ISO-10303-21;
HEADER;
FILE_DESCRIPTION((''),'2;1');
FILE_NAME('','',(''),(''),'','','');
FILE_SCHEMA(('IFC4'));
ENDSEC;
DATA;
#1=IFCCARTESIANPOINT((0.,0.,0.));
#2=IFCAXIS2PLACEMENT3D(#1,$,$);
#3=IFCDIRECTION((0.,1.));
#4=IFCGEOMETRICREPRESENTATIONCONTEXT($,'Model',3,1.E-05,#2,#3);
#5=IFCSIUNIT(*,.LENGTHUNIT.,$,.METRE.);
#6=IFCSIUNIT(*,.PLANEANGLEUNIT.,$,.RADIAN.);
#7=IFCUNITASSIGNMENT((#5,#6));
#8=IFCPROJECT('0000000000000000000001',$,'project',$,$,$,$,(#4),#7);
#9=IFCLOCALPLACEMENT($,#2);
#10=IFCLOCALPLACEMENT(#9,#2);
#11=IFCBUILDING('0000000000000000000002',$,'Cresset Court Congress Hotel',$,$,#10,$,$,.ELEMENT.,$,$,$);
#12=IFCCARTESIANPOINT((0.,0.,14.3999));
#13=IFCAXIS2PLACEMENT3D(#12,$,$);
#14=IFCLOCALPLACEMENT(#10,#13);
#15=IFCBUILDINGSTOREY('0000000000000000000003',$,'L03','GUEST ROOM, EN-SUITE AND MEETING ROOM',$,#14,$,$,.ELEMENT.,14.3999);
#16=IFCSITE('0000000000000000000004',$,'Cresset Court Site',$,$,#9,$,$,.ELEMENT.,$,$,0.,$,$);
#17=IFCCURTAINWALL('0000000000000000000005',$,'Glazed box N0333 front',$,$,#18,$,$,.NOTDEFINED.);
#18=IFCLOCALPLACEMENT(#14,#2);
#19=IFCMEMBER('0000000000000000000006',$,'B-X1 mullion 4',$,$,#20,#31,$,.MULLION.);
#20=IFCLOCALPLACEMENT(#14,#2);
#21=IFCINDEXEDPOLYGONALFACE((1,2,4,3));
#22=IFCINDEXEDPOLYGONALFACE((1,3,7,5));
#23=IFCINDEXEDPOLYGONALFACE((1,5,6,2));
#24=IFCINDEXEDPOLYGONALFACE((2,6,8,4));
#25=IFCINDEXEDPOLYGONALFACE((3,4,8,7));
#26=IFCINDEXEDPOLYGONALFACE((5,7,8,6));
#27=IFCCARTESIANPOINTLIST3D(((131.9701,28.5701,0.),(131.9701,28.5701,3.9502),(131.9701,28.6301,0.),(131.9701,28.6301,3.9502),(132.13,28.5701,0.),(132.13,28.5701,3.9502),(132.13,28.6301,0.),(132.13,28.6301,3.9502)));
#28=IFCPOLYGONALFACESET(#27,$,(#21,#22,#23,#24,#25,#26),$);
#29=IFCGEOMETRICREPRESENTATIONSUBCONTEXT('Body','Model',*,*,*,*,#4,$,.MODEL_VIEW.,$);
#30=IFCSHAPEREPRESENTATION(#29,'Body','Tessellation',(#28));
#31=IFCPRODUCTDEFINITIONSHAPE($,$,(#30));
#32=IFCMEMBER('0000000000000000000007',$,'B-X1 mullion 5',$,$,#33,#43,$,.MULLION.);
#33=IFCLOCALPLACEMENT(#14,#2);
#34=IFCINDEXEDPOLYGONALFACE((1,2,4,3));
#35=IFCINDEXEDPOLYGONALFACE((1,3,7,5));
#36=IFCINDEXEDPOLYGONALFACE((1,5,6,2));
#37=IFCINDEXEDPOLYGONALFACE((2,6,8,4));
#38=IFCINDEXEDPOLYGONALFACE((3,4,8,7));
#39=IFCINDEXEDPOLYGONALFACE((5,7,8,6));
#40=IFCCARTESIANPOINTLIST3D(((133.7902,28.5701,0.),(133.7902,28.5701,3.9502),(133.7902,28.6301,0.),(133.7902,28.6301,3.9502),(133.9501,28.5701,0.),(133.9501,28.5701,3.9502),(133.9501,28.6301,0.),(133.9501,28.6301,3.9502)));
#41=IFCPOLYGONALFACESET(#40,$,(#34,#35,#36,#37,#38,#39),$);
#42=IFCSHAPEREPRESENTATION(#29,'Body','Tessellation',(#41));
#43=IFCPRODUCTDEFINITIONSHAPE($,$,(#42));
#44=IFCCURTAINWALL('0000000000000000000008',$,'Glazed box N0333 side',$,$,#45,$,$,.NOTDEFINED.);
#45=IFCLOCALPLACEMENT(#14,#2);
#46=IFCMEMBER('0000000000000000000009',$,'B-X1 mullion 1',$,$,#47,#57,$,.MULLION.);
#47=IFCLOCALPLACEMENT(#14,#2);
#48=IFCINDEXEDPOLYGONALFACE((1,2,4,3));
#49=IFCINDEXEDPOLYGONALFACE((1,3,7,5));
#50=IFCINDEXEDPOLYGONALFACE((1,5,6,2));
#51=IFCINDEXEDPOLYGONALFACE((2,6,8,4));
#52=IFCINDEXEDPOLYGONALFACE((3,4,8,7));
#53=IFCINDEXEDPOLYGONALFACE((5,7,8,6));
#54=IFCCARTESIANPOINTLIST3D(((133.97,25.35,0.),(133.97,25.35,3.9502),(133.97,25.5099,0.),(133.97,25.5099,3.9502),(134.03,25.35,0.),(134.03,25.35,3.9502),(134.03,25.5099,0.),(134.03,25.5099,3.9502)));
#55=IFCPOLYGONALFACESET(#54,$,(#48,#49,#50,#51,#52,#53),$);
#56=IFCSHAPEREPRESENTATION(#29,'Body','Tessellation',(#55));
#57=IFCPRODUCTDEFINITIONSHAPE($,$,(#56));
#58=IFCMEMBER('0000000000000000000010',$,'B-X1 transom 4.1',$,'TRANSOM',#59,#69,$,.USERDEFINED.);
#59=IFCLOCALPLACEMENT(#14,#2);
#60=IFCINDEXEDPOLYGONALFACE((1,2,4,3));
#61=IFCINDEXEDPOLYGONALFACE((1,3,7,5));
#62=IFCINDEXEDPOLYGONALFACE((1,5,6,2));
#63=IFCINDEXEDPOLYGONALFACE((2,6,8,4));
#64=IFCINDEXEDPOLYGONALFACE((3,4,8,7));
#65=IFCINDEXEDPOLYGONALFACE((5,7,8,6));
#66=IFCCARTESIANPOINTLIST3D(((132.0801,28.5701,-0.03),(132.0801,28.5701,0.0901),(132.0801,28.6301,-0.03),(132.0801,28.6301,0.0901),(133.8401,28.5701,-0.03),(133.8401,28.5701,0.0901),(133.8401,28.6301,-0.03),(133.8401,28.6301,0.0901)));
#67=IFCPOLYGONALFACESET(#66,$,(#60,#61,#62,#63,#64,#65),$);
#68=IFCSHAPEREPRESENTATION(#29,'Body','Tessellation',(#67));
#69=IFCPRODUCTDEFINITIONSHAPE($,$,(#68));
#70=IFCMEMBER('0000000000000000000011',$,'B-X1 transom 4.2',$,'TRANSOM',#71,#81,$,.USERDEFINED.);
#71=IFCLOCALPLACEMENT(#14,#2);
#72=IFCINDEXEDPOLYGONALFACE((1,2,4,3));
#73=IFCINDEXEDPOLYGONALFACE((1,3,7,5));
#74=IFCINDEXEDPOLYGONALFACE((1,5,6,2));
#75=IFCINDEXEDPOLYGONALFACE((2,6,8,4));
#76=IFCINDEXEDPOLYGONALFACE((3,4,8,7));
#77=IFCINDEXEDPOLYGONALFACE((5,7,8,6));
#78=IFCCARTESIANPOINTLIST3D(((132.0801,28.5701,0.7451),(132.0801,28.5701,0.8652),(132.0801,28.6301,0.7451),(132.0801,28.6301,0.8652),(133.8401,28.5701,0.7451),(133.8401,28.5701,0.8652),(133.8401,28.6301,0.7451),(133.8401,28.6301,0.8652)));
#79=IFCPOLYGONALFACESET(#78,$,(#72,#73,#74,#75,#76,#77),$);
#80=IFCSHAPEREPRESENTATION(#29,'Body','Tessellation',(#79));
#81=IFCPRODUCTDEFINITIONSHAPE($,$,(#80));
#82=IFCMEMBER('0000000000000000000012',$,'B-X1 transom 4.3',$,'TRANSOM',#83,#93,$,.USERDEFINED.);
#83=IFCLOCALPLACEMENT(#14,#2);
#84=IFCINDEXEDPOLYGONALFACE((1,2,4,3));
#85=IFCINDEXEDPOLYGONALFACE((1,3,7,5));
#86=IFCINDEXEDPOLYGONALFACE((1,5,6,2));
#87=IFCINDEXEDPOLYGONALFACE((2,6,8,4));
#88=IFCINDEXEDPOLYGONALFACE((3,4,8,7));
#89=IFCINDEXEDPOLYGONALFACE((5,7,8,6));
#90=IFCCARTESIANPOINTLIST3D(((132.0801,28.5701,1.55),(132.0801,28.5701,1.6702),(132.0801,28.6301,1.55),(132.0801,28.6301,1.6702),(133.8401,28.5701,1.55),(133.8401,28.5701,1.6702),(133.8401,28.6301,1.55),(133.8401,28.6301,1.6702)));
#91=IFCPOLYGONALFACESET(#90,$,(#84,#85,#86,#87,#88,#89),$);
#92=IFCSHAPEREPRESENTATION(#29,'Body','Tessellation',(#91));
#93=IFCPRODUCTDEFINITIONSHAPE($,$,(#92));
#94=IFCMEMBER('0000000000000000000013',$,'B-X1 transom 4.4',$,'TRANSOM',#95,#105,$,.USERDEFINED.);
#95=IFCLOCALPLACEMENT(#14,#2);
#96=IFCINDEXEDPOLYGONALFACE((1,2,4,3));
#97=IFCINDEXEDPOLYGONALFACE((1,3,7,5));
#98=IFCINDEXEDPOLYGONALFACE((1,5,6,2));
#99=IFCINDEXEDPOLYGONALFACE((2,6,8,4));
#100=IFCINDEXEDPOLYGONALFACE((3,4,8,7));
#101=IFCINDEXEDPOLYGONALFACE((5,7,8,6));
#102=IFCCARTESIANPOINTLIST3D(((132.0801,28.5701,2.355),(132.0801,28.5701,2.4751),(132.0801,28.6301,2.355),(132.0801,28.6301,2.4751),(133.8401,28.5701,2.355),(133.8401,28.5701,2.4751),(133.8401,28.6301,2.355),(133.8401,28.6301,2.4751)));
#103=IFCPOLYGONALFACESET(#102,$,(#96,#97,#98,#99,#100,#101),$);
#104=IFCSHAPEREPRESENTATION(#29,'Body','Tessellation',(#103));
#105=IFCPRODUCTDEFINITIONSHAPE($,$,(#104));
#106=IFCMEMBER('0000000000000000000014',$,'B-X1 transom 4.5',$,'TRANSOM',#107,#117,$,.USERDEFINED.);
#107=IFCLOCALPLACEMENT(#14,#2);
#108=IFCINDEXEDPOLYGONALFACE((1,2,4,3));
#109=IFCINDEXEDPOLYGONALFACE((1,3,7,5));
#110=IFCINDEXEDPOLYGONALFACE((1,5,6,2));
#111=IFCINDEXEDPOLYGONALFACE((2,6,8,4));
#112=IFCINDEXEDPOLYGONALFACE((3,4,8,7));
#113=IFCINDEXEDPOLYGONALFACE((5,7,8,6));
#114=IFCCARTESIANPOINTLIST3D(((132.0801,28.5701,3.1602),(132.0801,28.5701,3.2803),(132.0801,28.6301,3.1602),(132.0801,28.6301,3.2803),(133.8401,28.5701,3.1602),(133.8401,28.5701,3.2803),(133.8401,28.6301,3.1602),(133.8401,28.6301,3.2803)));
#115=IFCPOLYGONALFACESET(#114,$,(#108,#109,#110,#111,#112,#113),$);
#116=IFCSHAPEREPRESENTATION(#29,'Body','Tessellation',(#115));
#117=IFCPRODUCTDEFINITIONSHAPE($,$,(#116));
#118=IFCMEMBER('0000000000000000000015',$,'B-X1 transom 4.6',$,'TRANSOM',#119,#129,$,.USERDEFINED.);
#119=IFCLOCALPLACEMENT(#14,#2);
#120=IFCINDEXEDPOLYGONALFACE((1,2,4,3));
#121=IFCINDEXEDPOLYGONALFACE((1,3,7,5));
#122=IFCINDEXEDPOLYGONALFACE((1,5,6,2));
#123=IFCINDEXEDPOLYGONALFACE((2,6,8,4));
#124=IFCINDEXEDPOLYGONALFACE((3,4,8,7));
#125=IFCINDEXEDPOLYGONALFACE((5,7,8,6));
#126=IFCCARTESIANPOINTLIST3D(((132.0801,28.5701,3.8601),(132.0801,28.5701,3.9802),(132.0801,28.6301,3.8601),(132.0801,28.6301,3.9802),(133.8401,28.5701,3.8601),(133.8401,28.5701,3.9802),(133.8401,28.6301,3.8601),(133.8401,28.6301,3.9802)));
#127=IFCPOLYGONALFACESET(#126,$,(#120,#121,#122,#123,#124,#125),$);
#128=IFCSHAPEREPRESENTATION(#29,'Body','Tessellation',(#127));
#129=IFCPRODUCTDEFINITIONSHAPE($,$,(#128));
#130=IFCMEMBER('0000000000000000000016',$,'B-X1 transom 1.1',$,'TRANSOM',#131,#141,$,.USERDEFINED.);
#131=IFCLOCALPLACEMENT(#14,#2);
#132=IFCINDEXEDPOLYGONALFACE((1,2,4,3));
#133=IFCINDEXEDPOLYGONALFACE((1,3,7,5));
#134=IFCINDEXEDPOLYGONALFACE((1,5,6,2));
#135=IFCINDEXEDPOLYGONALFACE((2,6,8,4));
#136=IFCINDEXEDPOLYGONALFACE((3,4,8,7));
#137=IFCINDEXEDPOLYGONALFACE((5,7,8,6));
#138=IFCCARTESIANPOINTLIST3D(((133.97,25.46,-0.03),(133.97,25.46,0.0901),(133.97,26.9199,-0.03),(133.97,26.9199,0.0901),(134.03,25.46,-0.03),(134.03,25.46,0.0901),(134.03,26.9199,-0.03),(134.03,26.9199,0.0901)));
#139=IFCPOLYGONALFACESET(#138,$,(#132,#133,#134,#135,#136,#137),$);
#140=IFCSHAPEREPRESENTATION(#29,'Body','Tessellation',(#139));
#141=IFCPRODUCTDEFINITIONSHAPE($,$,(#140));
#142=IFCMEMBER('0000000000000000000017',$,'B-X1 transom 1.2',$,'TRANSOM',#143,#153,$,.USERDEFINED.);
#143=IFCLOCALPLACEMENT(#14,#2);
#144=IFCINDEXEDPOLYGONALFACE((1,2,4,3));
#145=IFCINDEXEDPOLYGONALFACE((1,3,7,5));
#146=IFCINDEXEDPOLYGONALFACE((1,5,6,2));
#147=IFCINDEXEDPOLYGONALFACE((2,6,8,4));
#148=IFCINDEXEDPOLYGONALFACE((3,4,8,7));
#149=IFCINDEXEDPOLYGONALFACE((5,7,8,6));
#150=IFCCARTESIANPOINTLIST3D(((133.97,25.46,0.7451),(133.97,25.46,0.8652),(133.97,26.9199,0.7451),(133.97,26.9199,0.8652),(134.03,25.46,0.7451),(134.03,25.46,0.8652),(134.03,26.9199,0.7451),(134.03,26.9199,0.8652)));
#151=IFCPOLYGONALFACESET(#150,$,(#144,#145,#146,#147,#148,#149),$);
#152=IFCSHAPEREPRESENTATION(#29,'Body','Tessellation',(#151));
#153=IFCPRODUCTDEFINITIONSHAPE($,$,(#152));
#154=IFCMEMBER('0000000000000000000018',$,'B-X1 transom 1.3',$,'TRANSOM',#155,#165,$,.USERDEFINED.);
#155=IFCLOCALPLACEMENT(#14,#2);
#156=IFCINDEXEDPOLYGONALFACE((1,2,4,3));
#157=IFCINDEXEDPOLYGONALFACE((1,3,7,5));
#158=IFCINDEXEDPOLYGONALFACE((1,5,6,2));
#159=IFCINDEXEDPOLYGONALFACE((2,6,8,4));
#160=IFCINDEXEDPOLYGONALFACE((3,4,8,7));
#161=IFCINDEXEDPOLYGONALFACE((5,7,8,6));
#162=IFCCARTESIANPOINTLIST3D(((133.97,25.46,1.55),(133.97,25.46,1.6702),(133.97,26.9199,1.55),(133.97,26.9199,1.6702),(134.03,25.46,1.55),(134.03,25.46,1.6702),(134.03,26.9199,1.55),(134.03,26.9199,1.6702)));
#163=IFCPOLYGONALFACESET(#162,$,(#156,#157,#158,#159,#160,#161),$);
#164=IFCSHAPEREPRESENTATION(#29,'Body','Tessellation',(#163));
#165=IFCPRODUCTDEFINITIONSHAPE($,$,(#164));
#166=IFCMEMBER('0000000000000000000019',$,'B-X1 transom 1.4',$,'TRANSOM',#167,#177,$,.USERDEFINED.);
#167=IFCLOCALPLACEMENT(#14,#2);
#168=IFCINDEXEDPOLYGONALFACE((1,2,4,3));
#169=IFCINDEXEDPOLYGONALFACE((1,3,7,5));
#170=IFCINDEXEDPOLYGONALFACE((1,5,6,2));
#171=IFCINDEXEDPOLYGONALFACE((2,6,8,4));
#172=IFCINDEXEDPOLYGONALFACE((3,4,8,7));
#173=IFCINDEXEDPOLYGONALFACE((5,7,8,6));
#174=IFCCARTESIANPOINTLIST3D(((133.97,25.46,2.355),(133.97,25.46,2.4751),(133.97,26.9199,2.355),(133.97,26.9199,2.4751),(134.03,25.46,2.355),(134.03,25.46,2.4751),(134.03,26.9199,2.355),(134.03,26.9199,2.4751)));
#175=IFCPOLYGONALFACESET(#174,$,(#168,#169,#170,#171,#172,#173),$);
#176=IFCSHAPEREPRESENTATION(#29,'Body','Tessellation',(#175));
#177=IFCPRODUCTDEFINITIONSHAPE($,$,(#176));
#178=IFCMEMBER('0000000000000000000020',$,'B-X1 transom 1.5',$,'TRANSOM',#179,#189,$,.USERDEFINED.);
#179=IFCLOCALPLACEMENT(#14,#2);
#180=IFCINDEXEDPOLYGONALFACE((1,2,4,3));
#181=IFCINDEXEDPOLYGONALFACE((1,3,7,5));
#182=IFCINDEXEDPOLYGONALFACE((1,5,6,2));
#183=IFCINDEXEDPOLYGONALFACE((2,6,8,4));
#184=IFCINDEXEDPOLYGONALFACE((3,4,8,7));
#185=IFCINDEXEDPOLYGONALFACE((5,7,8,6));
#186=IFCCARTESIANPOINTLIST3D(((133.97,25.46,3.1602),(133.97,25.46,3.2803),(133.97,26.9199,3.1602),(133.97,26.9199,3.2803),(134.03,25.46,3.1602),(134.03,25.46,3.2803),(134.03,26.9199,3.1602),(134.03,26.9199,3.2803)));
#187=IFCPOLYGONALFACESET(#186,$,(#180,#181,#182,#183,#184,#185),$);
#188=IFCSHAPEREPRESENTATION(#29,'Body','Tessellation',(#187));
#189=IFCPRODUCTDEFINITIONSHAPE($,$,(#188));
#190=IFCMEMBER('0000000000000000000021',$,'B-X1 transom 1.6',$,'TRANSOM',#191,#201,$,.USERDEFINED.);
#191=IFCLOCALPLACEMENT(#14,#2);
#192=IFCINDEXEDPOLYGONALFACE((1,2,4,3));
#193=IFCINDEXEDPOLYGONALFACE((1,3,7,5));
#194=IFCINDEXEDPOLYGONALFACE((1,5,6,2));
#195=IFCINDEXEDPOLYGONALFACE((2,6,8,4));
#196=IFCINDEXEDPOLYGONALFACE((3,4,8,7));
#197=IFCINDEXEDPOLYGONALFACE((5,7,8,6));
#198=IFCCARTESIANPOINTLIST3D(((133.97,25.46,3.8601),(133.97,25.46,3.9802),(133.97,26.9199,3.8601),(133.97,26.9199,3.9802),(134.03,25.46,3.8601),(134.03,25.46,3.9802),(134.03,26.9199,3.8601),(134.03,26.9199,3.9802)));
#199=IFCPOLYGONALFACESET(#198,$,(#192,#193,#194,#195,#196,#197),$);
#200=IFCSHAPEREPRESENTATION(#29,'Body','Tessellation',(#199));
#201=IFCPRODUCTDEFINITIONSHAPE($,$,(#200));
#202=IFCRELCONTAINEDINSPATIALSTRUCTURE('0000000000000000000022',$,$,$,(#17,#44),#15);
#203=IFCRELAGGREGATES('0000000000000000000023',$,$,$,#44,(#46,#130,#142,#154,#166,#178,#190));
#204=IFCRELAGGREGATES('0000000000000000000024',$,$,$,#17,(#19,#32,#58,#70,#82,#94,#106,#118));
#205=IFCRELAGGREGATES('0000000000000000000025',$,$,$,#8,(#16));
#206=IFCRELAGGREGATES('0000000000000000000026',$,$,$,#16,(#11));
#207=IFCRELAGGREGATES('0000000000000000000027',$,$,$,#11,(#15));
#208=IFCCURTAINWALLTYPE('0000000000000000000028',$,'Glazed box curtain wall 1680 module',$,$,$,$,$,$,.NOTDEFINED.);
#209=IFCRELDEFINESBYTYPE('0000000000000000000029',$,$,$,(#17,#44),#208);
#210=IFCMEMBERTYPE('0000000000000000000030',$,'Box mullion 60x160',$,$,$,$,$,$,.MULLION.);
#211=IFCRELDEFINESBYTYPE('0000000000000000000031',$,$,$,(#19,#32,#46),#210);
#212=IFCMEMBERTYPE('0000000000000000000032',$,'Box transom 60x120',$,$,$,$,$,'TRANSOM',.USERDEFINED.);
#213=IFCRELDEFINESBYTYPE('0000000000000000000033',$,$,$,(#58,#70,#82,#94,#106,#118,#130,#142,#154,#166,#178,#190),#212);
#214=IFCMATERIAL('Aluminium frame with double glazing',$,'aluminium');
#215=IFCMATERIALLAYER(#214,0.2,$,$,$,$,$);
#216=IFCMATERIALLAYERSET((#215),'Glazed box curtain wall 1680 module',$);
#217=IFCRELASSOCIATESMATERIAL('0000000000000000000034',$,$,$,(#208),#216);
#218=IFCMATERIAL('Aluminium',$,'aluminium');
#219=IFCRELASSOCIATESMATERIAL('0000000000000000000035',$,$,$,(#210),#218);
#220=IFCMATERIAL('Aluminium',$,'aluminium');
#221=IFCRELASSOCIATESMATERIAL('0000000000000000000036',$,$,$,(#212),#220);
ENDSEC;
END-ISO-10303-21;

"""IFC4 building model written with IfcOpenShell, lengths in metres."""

from ifc_helpers import new_model, si_unit, direction, frame, origin, origin_2d, place, context, subcontext, project, spatial, rectangle, extrude, material, layer, layer_set, material_profile, profile_set, type_object, element, aggregate, save


model = new_model("IFC4")

# Units and contexts
model_context = context("Model", 3, precision=1e-05, world=origin(), true_north=direction((0.0, 1.0)))
body_context = subcontext(model_context, "Body", "Model", "MODEL_VIEW")
ifc_project = project(units=[si_unit("LENGTHUNIT", "METRE"), si_unit("PLANEANGLEUNIT", "RADIAN")], contexts=[model_context])

# Site, building, storey
site_placement = place(None, origin())
site = spatial("IfcSite", under=ifc_project, at=site_placement, Name="Cresset Court Site", CompositionType="ELEMENT", RefElevation=0.0)
building_placement = place(site_placement, origin())
building = spatial("IfcBuilding", under=site, at=building_placement, Name="Cresset Court Congress Hotel", CompositionType="ELEMENT")
storey_placement = place(building_placement, frame((0.0, 0.0, 14.3999)))
storey = spatial("IfcBuildingStorey", under=building, at=storey_placement, Name="L03", Description="GUEST ROOM, EN-SUITE AND MEETING ROOM", CompositionType="ELEMENT", Elevation=14.3999)

# Curtain wall, members
ifc_material_1 = material(Name="Aluminium frame with double glazing", Category="aluminium")
ifc_layer_1 = layer(ifc_material_1, 0.2)
ifc_layer_set_1 = layer_set([ifc_layer_1], Name="Glazed box curtain wall 1680 module")
curtain_wall_type = type_object("IfcCurtainWallType", Name="Glazed box curtain wall 1680 module", PredefinedType="NOTDEFINED", material=ifc_layer_set_1)
curtain_wall_1_placement = place(storey_placement, origin())
curtain_wall_1 = element("IfcCurtainWall", 1, at=curtain_wall_1_placement, inside=storey, type_object=curtain_wall_type, Name="Glazed box N0333 front", PredefinedType="NOTDEFINED")
ifc_material_2 = material(Name="Aluminium", Category="aluminium")
ifc_material_profile_1 = material_profile(ifc_material_2, rectangle(XDim=0.0601, YDim=0.1599, at=origin_2d()), Name="Box mullion 60x160")
ifc_profile_set_1 = profile_set([ifc_material_profile_1], Name="Aluminium")
member_type_1 = type_object("IfcMemberType", Name="Box mullion 60x160", PredefinedType="MULLION", material=ifc_profile_set_1)
member_1_placement = place(storey_placement, frame((132.05, 28.6001, 0.0), z_axis=(0.0, 0.0, 1.0), x_axis=(0.0, 1.0, 0.0)))
member_1 = element("IfcMember", 2, at=member_1_placement, type_object=member_type_1, Name="B-X1 mullion 4", PredefinedType="MULLION", context=body_context, shape_type="SweptSolid", body=[
    extrude(rectangle(XDim=0.0601, YDim=0.1599, at=origin_2d()), origin(), (0.0, 0.0, 1.0), 3.9502),
])
member_2_placement = place(storey_placement, frame((133.8701, 28.6001, 0.0), z_axis=(0.0, 0.0, 1.0), x_axis=(0.0, 1.0, 0.0)))
member_2 = element("IfcMember", 3, at=member_2_placement, type_object=member_type_1, Name="B-X1 mullion 5", PredefinedType="MULLION", context=body_context, shape_type="SweptSolid", body=[
    extrude(rectangle(XDim=0.0601, YDim=0.1599, at=origin_2d()), origin(), (0.0, 0.0, 1.0), 3.9502),
])

# Curtain wall, member
curtain_wall_2_placement = place(storey_placement, origin())
curtain_wall_2 = element("IfcCurtainWall", 4, at=curtain_wall_2_placement, inside=storey, type_object=curtain_wall_type, Name="Glazed box N0333 side", PredefinedType="NOTDEFINED")
member_3_placement = place(storey_placement, frame((134.0, 25.4299, 0.0), z_axis=(0.0, 0.0, 1.0), x_axis=(-1.0, 0.0, 0.0)))
member_3 = element("IfcMember", 5, at=member_3_placement, type_object=member_type_1, Name="B-X1 mullion 1", PredefinedType="MULLION", context=body_context, shape_type="SweptSolid", body=[
    extrude(rectangle(XDim=0.0601, YDim=0.1599, at=origin_2d()), origin(), (0.0, 0.0, 1.0), 3.9502),
])

# Members
ifc_material_3 = material(Name="Aluminium", Category="aluminium")
ifc_material_profile_2 = material_profile(ifc_material_3, rectangle(XDim=0.0601, YDim=0.1201, at=origin_2d()), Name="Box transom 60x120")
ifc_profile_set_2 = profile_set([ifc_material_profile_2], Name="Aluminium")
member_type_2 = type_object("IfcMemberType", Name="Box transom 60x120", ElementType="TRANSOM", PredefinedType="USERDEFINED", material=ifc_profile_set_2)
member_4_placement = place(storey_placement, frame((132.0801, 28.6001, 0.03), z_axis=(1.0, 0.0, 0.0), x_axis=(0.0, 1.0, 0.0)))
member_4 = element("IfcMember", 6, at=member_4_placement, type_object=member_type_2, Name="B-X1 transom 4.1", ObjectType="TRANSOM", PredefinedType="USERDEFINED", context=body_context, shape_type="SweptSolid", body=[
    extrude(rectangle(XDim=0.0601, YDim=0.1201, at=origin_2d()), origin(), (0.0, 0.0, 1.0), 1.76),
])
member_5_placement = place(storey_placement, frame((132.0801, 28.6001, 0.8052), z_axis=(1.0, 0.0, 0.0), x_axis=(0.0, 1.0, 0.0)))
member_5 = element("IfcMember", 7, at=member_5_placement, type_object=member_type_2, Name="B-X1 transom 4.2", ObjectType="TRANSOM", PredefinedType="USERDEFINED", context=body_context, shape_type="SweptSolid", body=[
    extrude(rectangle(XDim=0.0601, YDim=0.1201, at=origin_2d()), origin(), (0.0, 0.0, 1.0), 1.76),
])
member_6_placement = place(storey_placement, frame((132.0801, 28.6001, 1.6101), z_axis=(1.0, 0.0, 0.0), x_axis=(0.0, 1.0, 0.0)))
member_6 = element("IfcMember", 8, at=member_6_placement, type_object=member_type_2, Name="B-X1 transom 4.3", ObjectType="TRANSOM", PredefinedType="USERDEFINED", context=body_context, shape_type="SweptSolid", body=[
    extrude(rectangle(XDim=0.0601, YDim=0.1201, at=origin_2d()), origin(), (0.0, 0.0, 1.0), 1.76),
])
member_7_placement = place(storey_placement, frame((132.0801, 28.6001, 2.415), z_axis=(1.0, 0.0, 0.0), x_axis=(0.0, 1.0, 0.0)))
member_7 = element("IfcMember", 9, at=member_7_placement, type_object=member_type_2, Name="B-X1 transom 4.4", ObjectType="TRANSOM", PredefinedType="USERDEFINED", context=body_context, shape_type="SweptSolid", body=[
    extrude(rectangle(XDim=0.0601, YDim=0.1201, at=origin_2d()), origin(), (0.0, 0.0, 1.0), 1.76),
])
member_8_placement = place(storey_placement, frame((132.0801, 28.6001, 3.2202), z_axis=(1.0, 0.0, 0.0), x_axis=(0.0, 1.0, 0.0)))
member_8 = element("IfcMember", 10, at=member_8_placement, type_object=member_type_2, Name="B-X1 transom 4.5", ObjectType="TRANSOM", PredefinedType="USERDEFINED", context=body_context, shape_type="SweptSolid", body=[
    extrude(rectangle(XDim=0.0601, YDim=0.1201, at=origin_2d()), origin(), (0.0, 0.0, 1.0), 1.76),
])
member_9_placement = place(storey_placement, frame((132.0801, 28.6001, 3.9202), z_axis=(1.0, 0.0, 0.0), x_axis=(0.0, 1.0, 0.0)))
member_9 = element("IfcMember", 11, at=member_9_placement, type_object=member_type_2, Name="B-X1 transom 4.6", ObjectType="TRANSOM", PredefinedType="USERDEFINED", context=body_context, shape_type="SweptSolid", body=[
    extrude(rectangle(XDim=0.0601, YDim=0.1201, at=origin_2d()), origin(), (0.0, 0.0, 1.0), 1.76),
])
member_10_placement = place(storey_placement, frame((134.0, 25.46, 0.03), z_axis=(0.0, 1.0, 0.0), x_axis=(-1.0, 0.0, 0.0)))
member_10 = element("IfcMember", 12, at=member_10_placement, type_object=member_type_2, Name="B-X1 transom 1.1", ObjectType="TRANSOM", PredefinedType="USERDEFINED", context=body_context, shape_type="SweptSolid", body=[
    extrude(rectangle(XDim=0.0601, YDim=0.1201, at=origin_2d()), origin(), (0.0, 0.0, 1.0), 1.46),
])
member_11_placement = place(storey_placement, frame((134.0, 25.46, 0.8052), z_axis=(0.0, 1.0, 0.0), x_axis=(-1.0, 0.0, 0.0)))
member_11 = element("IfcMember", 13, at=member_11_placement, type_object=member_type_2, Name="B-X1 transom 1.2", ObjectType="TRANSOM", PredefinedType="USERDEFINED", context=body_context, shape_type="SweptSolid", body=[
    extrude(rectangle(XDim=0.0601, YDim=0.1201, at=origin_2d()), origin(), (0.0, 0.0, 1.0), 1.46),
])
member_12_placement = place(storey_placement, frame((134.0, 25.46, 1.6101), z_axis=(0.0, 1.0, 0.0), x_axis=(-1.0, 0.0, 0.0)))
member_12 = element("IfcMember", 14, at=member_12_placement, type_object=member_type_2, Name="B-X1 transom 1.3", ObjectType="TRANSOM", PredefinedType="USERDEFINED", context=body_context, shape_type="SweptSolid", body=[
    extrude(rectangle(XDim=0.0601, YDim=0.1201, at=origin_2d()), origin(), (0.0, 0.0, 1.0), 1.46),
])
member_13_placement = place(storey_placement, frame((134.0, 25.46, 2.415), z_axis=(0.0, 1.0, 0.0), x_axis=(-1.0, 0.0, 0.0)))
member_13 = element("IfcMember", 15, at=member_13_placement, type_object=member_type_2, Name="B-X1 transom 1.4", ObjectType="TRANSOM", PredefinedType="USERDEFINED", context=body_context, shape_type="SweptSolid", body=[
    extrude(rectangle(XDim=0.0601, YDim=0.1201, at=origin_2d()), origin(), (0.0, 0.0, 1.0), 1.46),
])
member_14_placement = place(storey_placement, frame((134.0, 25.46, 3.2202), z_axis=(0.0, 1.0, 0.0), x_axis=(-1.0, 0.0, 0.0)))
member_14 = element("IfcMember", 16, at=member_14_placement, type_object=member_type_2, Name="B-X1 transom 1.5", ObjectType="TRANSOM", PredefinedType="USERDEFINED", context=body_context, shape_type="SweptSolid", body=[
    extrude(rectangle(XDim=0.0601, YDim=0.1201, at=origin_2d()), origin(), (0.0, 0.0, 1.0), 1.46),
])
member_15_placement = place(storey_placement, frame((134.0, 25.46, 3.9202), z_axis=(0.0, 1.0, 0.0), x_axis=(-1.0, 0.0, 0.0)))
member_15 = element("IfcMember", 17, at=member_15_placement, type_object=member_type_2, Name="B-X1 transom 1.6", ObjectType="TRANSOM", PredefinedType="USERDEFINED", context=body_context, shape_type="SweptSolid", body=[
    extrude(rectangle(XDim=0.0601, YDim=0.1201, at=origin_2d()), origin(), (0.0, 0.0, 1.0), 1.46),
])
aggregate(curtain_wall_2, [member_3, member_10, member_11, member_12, member_13, member_14, member_15])

aggregate(curtain_wall_1, [member_1, member_2, member_4, member_5, member_6, member_7, member_8, member_9])

save(model, "model.ifc")
